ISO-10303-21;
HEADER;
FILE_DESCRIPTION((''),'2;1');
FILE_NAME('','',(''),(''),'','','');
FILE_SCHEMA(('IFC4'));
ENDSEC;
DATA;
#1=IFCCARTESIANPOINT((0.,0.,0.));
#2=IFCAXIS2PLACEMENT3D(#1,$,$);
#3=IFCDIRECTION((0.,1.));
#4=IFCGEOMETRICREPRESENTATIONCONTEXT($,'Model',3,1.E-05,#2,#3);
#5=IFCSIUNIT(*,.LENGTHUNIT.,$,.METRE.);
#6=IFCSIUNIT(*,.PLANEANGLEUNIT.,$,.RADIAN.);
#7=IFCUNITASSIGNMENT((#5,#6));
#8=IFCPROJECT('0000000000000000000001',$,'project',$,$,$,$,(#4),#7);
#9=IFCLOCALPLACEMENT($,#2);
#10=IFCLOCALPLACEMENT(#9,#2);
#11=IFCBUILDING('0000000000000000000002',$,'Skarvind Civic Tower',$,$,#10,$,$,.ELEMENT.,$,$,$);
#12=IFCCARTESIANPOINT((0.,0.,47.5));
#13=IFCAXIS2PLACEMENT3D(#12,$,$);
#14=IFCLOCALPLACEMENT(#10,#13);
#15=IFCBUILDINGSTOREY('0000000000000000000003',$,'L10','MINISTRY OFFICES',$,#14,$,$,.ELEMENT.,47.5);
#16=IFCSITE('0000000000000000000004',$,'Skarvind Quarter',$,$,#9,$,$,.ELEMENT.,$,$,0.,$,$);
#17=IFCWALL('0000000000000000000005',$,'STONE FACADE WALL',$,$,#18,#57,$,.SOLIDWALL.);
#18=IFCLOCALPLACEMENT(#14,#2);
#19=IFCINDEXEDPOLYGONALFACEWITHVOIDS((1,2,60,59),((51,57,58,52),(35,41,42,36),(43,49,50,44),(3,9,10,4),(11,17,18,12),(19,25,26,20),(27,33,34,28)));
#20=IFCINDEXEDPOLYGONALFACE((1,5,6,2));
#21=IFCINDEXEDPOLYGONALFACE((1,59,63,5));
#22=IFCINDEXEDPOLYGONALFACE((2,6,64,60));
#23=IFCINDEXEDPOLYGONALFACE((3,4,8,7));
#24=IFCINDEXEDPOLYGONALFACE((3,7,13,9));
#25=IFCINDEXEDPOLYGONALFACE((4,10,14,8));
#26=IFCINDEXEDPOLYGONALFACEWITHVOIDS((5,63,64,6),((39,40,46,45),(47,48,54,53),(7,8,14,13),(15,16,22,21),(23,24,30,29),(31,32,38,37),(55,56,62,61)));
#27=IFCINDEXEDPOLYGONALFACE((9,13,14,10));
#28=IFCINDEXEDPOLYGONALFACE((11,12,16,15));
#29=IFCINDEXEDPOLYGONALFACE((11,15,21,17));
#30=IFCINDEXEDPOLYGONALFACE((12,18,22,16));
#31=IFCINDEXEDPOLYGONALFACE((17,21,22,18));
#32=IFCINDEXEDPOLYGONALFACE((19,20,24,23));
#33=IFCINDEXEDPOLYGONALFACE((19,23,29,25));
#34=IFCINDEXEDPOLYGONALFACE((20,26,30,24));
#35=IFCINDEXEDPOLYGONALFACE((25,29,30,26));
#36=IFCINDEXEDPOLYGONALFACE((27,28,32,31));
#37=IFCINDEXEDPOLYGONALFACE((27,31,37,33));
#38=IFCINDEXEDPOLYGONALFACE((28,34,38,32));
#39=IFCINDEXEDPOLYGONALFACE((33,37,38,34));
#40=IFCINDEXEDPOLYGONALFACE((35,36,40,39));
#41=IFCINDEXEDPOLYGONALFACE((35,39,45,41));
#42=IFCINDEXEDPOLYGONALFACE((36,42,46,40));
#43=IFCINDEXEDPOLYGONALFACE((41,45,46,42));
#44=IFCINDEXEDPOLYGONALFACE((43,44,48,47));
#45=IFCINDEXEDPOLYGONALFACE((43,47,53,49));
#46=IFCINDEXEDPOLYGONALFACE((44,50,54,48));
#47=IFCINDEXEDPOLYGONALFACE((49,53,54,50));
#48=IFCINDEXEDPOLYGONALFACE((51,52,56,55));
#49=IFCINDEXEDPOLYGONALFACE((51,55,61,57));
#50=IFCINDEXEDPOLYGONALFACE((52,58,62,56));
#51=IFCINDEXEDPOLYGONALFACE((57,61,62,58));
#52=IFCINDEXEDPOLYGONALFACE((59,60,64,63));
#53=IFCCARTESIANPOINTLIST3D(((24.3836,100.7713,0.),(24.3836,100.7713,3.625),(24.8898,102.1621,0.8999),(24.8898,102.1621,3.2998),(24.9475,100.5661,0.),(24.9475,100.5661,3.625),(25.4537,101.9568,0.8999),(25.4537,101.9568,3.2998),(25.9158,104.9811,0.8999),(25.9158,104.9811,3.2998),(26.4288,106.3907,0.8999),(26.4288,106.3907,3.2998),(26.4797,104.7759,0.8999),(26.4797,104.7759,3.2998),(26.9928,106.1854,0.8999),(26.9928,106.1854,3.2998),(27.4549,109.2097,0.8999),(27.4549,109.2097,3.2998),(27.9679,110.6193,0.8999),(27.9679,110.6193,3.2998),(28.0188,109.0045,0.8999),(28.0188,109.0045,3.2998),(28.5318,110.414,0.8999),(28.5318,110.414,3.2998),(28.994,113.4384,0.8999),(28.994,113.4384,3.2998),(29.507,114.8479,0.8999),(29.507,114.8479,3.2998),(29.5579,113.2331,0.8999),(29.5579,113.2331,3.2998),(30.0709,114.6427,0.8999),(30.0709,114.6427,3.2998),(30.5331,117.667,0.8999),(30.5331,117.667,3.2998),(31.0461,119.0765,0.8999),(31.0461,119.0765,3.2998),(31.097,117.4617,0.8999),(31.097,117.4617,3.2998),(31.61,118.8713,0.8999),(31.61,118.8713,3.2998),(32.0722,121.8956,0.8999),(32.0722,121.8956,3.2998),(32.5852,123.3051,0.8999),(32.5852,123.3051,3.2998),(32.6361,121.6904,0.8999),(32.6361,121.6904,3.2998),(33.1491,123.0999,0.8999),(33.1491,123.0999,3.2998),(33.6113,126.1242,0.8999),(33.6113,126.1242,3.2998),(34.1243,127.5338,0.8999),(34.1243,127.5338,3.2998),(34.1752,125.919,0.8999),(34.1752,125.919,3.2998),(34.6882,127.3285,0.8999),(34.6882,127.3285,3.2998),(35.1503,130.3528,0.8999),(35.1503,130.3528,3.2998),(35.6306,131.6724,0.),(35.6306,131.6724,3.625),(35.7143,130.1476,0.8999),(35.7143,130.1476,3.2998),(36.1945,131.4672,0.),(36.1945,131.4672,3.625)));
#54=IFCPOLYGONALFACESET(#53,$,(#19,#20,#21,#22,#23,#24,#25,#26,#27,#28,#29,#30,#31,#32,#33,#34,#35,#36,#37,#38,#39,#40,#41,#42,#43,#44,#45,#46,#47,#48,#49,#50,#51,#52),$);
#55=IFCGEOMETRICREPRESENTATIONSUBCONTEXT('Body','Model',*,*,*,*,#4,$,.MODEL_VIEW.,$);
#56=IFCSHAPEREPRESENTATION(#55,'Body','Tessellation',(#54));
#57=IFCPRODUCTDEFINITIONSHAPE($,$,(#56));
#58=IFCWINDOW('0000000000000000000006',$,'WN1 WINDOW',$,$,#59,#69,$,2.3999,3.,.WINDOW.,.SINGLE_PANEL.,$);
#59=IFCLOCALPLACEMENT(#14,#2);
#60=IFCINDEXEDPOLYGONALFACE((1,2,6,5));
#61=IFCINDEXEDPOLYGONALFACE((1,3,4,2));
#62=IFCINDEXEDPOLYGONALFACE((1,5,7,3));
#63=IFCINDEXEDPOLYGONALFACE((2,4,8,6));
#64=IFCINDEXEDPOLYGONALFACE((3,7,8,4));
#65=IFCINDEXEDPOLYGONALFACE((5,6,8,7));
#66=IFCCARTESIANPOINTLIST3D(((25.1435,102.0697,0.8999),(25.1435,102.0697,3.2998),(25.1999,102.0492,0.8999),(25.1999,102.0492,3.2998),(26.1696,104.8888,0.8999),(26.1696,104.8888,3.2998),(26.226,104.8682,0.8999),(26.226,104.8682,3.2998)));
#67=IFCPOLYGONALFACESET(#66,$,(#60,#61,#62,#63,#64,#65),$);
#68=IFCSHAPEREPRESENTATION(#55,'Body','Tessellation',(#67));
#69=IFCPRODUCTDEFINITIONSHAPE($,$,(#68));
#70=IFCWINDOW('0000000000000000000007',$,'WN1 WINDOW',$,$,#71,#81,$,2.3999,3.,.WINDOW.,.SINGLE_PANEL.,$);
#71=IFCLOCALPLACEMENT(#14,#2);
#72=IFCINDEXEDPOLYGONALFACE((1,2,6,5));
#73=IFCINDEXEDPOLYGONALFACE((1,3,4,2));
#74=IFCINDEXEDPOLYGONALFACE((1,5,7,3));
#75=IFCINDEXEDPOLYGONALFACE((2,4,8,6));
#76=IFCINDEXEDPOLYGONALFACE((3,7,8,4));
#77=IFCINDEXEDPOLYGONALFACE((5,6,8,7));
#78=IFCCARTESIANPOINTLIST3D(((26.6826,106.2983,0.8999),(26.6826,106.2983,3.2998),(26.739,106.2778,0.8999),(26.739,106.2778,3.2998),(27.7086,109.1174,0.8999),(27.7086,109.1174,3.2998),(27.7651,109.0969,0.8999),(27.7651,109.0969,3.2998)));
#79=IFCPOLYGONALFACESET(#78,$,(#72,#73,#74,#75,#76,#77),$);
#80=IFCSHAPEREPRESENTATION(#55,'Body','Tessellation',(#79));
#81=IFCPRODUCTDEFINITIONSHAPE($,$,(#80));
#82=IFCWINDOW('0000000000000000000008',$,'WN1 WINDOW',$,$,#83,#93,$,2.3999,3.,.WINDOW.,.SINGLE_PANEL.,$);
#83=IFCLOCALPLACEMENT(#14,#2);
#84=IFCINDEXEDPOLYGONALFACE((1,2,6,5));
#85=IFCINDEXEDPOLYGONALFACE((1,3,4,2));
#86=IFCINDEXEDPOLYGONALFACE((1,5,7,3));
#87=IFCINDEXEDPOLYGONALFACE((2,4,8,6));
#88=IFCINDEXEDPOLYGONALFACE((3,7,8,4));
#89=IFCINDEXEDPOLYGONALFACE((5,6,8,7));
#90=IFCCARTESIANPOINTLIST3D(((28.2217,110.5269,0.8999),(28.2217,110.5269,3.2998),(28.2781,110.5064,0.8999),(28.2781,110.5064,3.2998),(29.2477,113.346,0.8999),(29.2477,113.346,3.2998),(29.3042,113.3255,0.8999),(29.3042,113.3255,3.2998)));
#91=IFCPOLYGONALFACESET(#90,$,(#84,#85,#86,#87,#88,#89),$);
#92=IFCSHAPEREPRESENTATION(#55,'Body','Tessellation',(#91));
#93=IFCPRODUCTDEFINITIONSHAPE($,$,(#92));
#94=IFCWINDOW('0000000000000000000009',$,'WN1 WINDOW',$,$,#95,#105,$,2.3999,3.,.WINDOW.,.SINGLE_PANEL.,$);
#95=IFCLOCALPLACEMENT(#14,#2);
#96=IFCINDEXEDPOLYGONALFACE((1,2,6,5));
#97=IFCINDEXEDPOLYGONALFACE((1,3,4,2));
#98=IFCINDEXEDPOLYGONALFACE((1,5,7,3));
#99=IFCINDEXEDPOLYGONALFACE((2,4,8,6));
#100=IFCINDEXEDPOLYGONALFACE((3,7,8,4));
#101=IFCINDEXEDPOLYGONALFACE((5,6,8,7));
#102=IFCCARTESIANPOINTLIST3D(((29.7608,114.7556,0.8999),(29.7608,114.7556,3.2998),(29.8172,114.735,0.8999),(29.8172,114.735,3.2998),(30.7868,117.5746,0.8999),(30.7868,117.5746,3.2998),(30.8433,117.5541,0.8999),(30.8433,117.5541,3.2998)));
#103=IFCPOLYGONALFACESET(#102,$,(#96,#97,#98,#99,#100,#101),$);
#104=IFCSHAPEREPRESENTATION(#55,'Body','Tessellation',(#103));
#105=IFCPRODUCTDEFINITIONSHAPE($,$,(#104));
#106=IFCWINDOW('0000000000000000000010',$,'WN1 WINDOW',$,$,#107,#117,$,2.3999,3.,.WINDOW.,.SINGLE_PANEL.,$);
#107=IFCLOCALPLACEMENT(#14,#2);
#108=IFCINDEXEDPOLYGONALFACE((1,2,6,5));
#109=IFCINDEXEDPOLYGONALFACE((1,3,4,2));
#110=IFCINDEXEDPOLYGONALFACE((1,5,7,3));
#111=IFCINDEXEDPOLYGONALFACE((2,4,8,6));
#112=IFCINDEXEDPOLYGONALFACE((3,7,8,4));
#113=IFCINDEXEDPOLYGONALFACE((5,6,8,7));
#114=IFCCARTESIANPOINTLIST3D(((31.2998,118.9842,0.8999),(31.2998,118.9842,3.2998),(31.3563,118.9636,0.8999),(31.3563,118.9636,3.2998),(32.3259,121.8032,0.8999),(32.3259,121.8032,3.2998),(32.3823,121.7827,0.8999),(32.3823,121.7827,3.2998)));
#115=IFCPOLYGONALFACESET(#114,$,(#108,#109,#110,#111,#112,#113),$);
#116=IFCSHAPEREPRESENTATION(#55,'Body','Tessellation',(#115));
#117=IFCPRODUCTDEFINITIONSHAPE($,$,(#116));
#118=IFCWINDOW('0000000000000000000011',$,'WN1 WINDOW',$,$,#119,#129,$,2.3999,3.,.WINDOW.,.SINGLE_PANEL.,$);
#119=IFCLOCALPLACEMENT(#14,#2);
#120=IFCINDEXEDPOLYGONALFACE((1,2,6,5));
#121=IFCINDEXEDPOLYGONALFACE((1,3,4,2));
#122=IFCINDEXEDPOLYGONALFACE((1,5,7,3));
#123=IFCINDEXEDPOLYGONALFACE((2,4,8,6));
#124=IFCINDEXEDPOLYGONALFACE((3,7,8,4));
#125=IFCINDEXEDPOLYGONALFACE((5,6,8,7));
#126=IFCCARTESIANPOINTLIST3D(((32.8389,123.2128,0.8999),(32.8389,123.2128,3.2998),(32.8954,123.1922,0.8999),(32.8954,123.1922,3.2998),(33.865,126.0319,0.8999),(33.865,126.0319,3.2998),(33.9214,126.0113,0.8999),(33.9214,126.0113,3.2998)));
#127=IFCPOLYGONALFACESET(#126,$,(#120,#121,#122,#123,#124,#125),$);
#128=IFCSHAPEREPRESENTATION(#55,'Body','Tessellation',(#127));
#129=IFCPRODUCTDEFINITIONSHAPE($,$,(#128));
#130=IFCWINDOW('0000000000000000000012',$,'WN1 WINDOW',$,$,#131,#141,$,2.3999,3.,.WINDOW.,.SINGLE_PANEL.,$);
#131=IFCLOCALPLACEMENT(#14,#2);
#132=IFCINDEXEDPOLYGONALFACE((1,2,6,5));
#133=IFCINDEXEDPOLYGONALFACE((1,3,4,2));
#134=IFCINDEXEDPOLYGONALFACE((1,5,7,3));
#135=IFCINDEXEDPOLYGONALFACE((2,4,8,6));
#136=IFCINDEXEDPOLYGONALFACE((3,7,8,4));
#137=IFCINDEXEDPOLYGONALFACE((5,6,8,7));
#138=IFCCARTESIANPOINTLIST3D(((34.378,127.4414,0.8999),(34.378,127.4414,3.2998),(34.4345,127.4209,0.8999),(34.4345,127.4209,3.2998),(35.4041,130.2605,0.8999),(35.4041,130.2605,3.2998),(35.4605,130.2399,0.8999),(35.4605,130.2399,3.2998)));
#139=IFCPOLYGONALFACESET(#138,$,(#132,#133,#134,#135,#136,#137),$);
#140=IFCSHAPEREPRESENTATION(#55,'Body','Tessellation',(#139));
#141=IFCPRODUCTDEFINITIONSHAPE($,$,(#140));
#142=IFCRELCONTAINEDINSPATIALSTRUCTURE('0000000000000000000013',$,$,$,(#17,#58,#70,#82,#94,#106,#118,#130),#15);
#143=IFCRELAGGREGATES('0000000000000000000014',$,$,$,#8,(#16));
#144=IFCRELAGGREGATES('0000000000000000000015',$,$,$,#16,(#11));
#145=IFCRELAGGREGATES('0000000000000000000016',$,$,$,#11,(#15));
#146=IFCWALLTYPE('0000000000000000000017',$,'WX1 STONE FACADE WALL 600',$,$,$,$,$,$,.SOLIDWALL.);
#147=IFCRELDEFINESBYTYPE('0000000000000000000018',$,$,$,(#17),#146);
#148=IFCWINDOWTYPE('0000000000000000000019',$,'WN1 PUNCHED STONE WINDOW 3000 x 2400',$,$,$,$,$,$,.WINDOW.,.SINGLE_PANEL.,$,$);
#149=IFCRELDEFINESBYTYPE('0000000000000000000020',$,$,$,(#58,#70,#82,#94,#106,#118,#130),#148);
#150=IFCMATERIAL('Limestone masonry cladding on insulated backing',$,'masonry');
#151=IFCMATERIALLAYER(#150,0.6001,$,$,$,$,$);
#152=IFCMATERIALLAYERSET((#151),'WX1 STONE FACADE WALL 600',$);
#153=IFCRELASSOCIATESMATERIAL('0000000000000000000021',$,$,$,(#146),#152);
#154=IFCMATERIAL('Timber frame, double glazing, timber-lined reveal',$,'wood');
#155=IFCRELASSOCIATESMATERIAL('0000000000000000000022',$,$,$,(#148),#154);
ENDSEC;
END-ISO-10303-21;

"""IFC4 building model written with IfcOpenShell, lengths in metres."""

from ifc_helpers import new_model, si_unit, direction, frame, frame_2d, origin, place, context, subcontext, project, spatial, rectangle, extrude, material, layer, layer_set, type_object, element, fill, save


model = new_model("IFC4")

# Units and contexts
model_context = context("Model", 3, precision=1e-05, world=origin(), true_north=direction((0.0, 1.0)))
body_context = subcontext(model_context, "Body", "Model", "MODEL_VIEW")
ifc_project = project(units=[si_unit("LENGTHUNIT", "METRE"), si_unit("PLANEANGLEUNIT", "RADIAN")], contexts=[model_context])

# Site, building, storey
site_placement = place(None, origin())
site = spatial("IfcSite", under=ifc_project, at=site_placement, Name="Skarvind Quarter", CompositionType="ELEMENT", RefElevation=0.0)
building_placement = place(site_placement, origin())
building = spatial("IfcBuilding", under=site, at=building_placement, Name="Skarvind Civic Tower", CompositionType="ELEMENT")
storey_placement = place(building_placement, frame((0.0, 0.0, 47.5)))
storey = spatial("IfcBuildingStorey", under=building, at=storey_placement, Name="L10", Description="MINISTRY OFFICES", CompositionType="ELEMENT", Elevation=47.5)

# Wall, openings, windows
ifc_material_1 = material(Name="Limestone masonry cladding on insulated backing", Category="masonry")
ifc_layer_1 = layer(ifc_material_1, 0.6001)
ifc_layer_set_1 = layer_set([ifc_layer_1], Name="WX1 STONE FACADE WALL 600")
wall_type_1 = type_object("IfcWallType", Name="WX1 STONE FACADE WALL 600", PredefinedType="SOLIDWALL", material=ifc_layer_set_1)
wall_1_placement = place(storey_placement, frame((24.6655, 100.6687, 0.0), z_axis=(0.0, 0.0, 1.0), x_axis=(0.34202, 0.939693, 0.0)))
wall_1 = element("IfcWall", 1, at=wall_1_placement, inside=storey, type_object=wall_type_1, Name="STONE FACADE WALL", PredefinedType="SOLIDWALL", context=body_context, shape_type="SweptSolid", body=[
    extrude(rectangle(XDim=32.8843, YDim=0.6001, at=frame_2d((16.4421, 0.0))), origin(), (0.0, 0.0, 1.0), 3.625),
])
opening_1_placement = place(wall_1_placement, frame((1.48, 0.0, 0.8999)))
opening_1 = element("IfcOpeningElement", 2, at=opening_1_placement, cuts=wall_1, PredefinedType="OPENING", context=body_context, shape_type="SweptSolid", body=[
    extrude(rectangle(XDim=3.0, YDim=2.3999, at=frame_2d((1.5, 1.2))), frame((0.0, 0.3101, 0.0), z_axis=(0.0, -1.0, 0.0), x_axis=(1.0, 0.0, 0.0)), (0.0, 0.0, 1.0), 0.6201),
])
opening_2_placement = place(wall_1_placement, frame((5.98, 0.0, 0.8999)))
opening_2 = element("IfcOpeningElement", 3, at=opening_2_placement, cuts=wall_1, PredefinedType="OPENING", context=body_context, shape_type="SweptSolid", body=[
    extrude(rectangle(XDim=3.0, YDim=2.3999, at=frame_2d((1.5, 1.2))), frame((0.0, 0.3101, 0.0), z_axis=(0.0, -1.0, 0.0), x_axis=(1.0, 0.0, 0.0)), (0.0, 0.0, 1.0), 0.6201),
])
opening_3_placement = place(wall_1_placement, frame((10.48, 0.0, 0.8999)))
opening_3 = element("IfcOpeningElement", 4, at=opening_3_placement, cuts=wall_1, PredefinedType="OPENING", context=body_context, shape_type="SweptSolid", body=[
    extrude(rectangle(XDim=3.0, YDim=2.3999, at=frame_2d((1.5, 1.2))), frame((0.0, 0.3101, 0.0), z_axis=(0.0, -1.0, 0.0), x_axis=(1.0, 0.0, 0.0)), (0.0, 0.0, 1.0), 0.6201),
])
opening_4_placement = place(wall_1_placement, frame((14.98, 0.0, 0.8999)))
opening_4 = element("IfcOpeningElement", 5, at=opening_4_placement, cuts=wall_1, PredefinedType="OPENING", context=body_context, shape_type="SweptSolid", body=[
    extrude(rectangle(XDim=3.0, YDim=2.3999, at=frame_2d((1.5, 1.2))), frame((0.0, 0.3101, 0.0), z_axis=(0.0, -1.0, 0.0), x_axis=(1.0, 0.0, 0.0)), (0.0, 0.0, 1.0), 0.6201),
])
opening_5_placement = place(wall_1_placement, frame((19.48, 0.0, 0.8999)))
opening_5 = element("IfcOpeningElement", 6, at=opening_5_placement, cuts=wall_1, PredefinedType="OPENING", context=body_context, shape_type="SweptSolid", body=[
    extrude(rectangle(XDim=3.0, YDim=2.3999, at=frame_2d((1.5, 1.2))), frame((0.0, 0.3101, 0.0), z_axis=(0.0, -1.0, 0.0), x_axis=(1.0, 0.0, 0.0)), (0.0, 0.0, 1.0), 0.6201),
])
opening_6_placement = place(wall_1_placement, frame((23.98, 0.0, 0.8999)))
opening_6 = element("IfcOpeningElement", 7, at=opening_6_placement, cuts=wall_1, PredefinedType="OPENING", context=body_context, shape_type="SweptSolid", body=[
    extrude(rectangle(XDim=3.0, YDim=2.3999, at=frame_2d((1.5, 1.2))), frame((0.0, 0.3101, 0.0), z_axis=(0.0, -1.0, 0.0), x_axis=(1.0, 0.0, 0.0)), (0.0, 0.0, 1.0), 0.6201),
])
opening_7_placement = place(wall_1_placement, frame((28.48, 0.0, 0.8999)))
opening_7 = element("IfcOpeningElement", 8, at=opening_7_placement, cuts=wall_1, PredefinedType="OPENING", context=body_context, shape_type="SweptSolid", body=[
    extrude(rectangle(XDim=3.0, YDim=2.3999, at=frame_2d((1.5, 1.2))), frame((0.0, 0.3101, 0.0), z_axis=(0.0, -1.0, 0.0), x_axis=(1.0, 0.0, 0.0)), (0.0, 0.0, 1.0), 0.6201),
])
ifc_material_2 = material(Name="Timber frame, double glazing, timber-lined reveal", Category="wood")
window_type = type_object("IfcWindowType", Name="WN1 PUNCHED STONE WINDOW 3000 x 2400", PartitioningType="SINGLE_PANEL", PredefinedType="WINDOW", material=ifc_material_2)
window_1_placement = place(opening_1_placement, origin())
window_1 = element("IfcWindow", 9, at=window_1_placement, inside=storey, type_object=window_type, Name="WN1 WINDOW", OverallHeight=2.3999, OverallWidth=3.0, PartitioningType="SINGLE_PANEL", PredefinedType="WINDOW", context=body_context, shape_type="SweptSolid", body=[
    extrude(rectangle(XDim=3.0, YDim=2.3999, at=frame_2d((1.5, 1.2))), frame((0.0, 0.03, 0.0), z_axis=(0.0, -1.0, 0.0), x_axis=(1.0, 0.0, 0.0)), (0.0, 0.0, 1.0), 0.0601),
])
fill(opening_1, window_1)
window_2_placement = place(opening_2_placement, origin())
window_2 = element("IfcWindow", 10, at=window_2_placement, inside=storey, type_object=window_type, Name="WN1 WINDOW", OverallHeight=2.3999, OverallWidth=3.0, PartitioningType="SINGLE_PANEL", PredefinedType="WINDOW", context=body_context, shape_type="SweptSolid", body=[
    extrude(rectangle(XDim=3.0, YDim=2.3999, at=frame_2d((1.5, 1.2))), frame((0.0, 0.03, 0.0), z_axis=(0.0, -1.0, 0.0), x_axis=(1.0, 0.0, 0.0)), (0.0, 0.0, 1.0), 0.0601),
])
fill(opening_2, window_2)
window_3_placement = place(opening_3_placement, origin())
window_3 = element("IfcWindow", 11, at=window_3_placement, inside=storey, type_object=window_type, Name="WN1 WINDOW", OverallHeight=2.3999, OverallWidth=3.0, PartitioningType="SINGLE_PANEL", PredefinedType="WINDOW", context=body_context, shape_type="SweptSolid", body=[
    extrude(rectangle(XDim=3.0, YDim=2.3999, at=frame_2d((1.5, 1.2))), frame((0.0, 0.03, 0.0), z_axis=(0.0, -1.0, 0.0), x_axis=(1.0, 0.0, 0.0)), (0.0, 0.0, 1.0), 0.0601),
])
fill(opening_3, window_3)
window_4_placement = place(opening_4_placement, origin())
window_4 = element("IfcWindow", 12, at=window_4_placement, inside=storey, type_object=window_type, Name="WN1 WINDOW", OverallHeight=2.3999, OverallWidth=3.0, PartitioningType="SINGLE_PANEL", PredefinedType="WINDOW", context=body_context, shape_type="SweptSolid", body=[
    extrude(rectangle(XDim=3.0, YDim=2.3999, at=frame_2d((1.5, 1.2))), frame((0.0, 0.03, 0.0), z_axis=(0.0, -1.0, 0.0), x_axis=(1.0, 0.0, 0.0)), (0.0, 0.0, 1.0), 0.0601),
])
fill(opening_4, window_4)
window_5_placement = place(opening_5_placement, origin())
window_5 = element("IfcWindow", 13, at=window_5_placement, inside=storey, type_object=window_type, Name="WN1 WINDOW", OverallHeight=2.3999, OverallWidth=3.0, PartitioningType="SINGLE_PANEL", PredefinedType="WINDOW", context=body_context, shape_type="SweptSolid", body=[
    extrude(rectangle(XDim=3.0, YDim=2.3999, at=frame_2d((1.5, 1.2))), frame((0.0, 0.03, 0.0), z_axis=(0.0, -1.0, 0.0), x_axis=(1.0, 0.0, 0.0)), (0.0, 0.0, 1.0), 0.0601),
])
fill(opening_5, window_5)
window_6_placement = place(opening_6_placement, origin())
window_6 = element("IfcWindow", 14, at=window_6_placement, inside=storey, type_object=window_type, Name="WN1 WINDOW", OverallHeight=2.3999, OverallWidth=3.0, PartitioningType="SINGLE_PANEL", PredefinedType="WINDOW", context=body_context, shape_type="SweptSolid", body=[
    extrude(rectangle(XDim=3.0, YDim=2.3999, at=frame_2d((1.5, 1.2))), frame((0.0, 0.03, 0.0), z_axis=(0.0, -1.0, 0.0), x_axis=(1.0, 0.0, 0.0)), (0.0, 0.0, 1.0), 0.0601),
])
fill(opening_6, window_6)
window_7_placement = place(opening_7_placement, origin())
window_7 = element("IfcWindow", 15, at=window_7_placement, inside=storey, type_object=window_type, Name="WN1 WINDOW", OverallHeight=2.3999, OverallWidth=3.0, PartitioningType="SINGLE_PANEL", PredefinedType="WINDOW", context=body_context, shape_type="SweptSolid", body=[
    extrude(rectangle(XDim=3.0, YDim=2.3999, at=frame_2d((1.5, 1.2))), frame((0.0, 0.03, 0.0), z_axis=(0.0, -1.0, 0.0), x_axis=(1.0, 0.0, 0.0)), (0.0, 0.0, 1.0), 0.0601),
])
fill(opening_7, window_7)

save(model, "model.ifc")
